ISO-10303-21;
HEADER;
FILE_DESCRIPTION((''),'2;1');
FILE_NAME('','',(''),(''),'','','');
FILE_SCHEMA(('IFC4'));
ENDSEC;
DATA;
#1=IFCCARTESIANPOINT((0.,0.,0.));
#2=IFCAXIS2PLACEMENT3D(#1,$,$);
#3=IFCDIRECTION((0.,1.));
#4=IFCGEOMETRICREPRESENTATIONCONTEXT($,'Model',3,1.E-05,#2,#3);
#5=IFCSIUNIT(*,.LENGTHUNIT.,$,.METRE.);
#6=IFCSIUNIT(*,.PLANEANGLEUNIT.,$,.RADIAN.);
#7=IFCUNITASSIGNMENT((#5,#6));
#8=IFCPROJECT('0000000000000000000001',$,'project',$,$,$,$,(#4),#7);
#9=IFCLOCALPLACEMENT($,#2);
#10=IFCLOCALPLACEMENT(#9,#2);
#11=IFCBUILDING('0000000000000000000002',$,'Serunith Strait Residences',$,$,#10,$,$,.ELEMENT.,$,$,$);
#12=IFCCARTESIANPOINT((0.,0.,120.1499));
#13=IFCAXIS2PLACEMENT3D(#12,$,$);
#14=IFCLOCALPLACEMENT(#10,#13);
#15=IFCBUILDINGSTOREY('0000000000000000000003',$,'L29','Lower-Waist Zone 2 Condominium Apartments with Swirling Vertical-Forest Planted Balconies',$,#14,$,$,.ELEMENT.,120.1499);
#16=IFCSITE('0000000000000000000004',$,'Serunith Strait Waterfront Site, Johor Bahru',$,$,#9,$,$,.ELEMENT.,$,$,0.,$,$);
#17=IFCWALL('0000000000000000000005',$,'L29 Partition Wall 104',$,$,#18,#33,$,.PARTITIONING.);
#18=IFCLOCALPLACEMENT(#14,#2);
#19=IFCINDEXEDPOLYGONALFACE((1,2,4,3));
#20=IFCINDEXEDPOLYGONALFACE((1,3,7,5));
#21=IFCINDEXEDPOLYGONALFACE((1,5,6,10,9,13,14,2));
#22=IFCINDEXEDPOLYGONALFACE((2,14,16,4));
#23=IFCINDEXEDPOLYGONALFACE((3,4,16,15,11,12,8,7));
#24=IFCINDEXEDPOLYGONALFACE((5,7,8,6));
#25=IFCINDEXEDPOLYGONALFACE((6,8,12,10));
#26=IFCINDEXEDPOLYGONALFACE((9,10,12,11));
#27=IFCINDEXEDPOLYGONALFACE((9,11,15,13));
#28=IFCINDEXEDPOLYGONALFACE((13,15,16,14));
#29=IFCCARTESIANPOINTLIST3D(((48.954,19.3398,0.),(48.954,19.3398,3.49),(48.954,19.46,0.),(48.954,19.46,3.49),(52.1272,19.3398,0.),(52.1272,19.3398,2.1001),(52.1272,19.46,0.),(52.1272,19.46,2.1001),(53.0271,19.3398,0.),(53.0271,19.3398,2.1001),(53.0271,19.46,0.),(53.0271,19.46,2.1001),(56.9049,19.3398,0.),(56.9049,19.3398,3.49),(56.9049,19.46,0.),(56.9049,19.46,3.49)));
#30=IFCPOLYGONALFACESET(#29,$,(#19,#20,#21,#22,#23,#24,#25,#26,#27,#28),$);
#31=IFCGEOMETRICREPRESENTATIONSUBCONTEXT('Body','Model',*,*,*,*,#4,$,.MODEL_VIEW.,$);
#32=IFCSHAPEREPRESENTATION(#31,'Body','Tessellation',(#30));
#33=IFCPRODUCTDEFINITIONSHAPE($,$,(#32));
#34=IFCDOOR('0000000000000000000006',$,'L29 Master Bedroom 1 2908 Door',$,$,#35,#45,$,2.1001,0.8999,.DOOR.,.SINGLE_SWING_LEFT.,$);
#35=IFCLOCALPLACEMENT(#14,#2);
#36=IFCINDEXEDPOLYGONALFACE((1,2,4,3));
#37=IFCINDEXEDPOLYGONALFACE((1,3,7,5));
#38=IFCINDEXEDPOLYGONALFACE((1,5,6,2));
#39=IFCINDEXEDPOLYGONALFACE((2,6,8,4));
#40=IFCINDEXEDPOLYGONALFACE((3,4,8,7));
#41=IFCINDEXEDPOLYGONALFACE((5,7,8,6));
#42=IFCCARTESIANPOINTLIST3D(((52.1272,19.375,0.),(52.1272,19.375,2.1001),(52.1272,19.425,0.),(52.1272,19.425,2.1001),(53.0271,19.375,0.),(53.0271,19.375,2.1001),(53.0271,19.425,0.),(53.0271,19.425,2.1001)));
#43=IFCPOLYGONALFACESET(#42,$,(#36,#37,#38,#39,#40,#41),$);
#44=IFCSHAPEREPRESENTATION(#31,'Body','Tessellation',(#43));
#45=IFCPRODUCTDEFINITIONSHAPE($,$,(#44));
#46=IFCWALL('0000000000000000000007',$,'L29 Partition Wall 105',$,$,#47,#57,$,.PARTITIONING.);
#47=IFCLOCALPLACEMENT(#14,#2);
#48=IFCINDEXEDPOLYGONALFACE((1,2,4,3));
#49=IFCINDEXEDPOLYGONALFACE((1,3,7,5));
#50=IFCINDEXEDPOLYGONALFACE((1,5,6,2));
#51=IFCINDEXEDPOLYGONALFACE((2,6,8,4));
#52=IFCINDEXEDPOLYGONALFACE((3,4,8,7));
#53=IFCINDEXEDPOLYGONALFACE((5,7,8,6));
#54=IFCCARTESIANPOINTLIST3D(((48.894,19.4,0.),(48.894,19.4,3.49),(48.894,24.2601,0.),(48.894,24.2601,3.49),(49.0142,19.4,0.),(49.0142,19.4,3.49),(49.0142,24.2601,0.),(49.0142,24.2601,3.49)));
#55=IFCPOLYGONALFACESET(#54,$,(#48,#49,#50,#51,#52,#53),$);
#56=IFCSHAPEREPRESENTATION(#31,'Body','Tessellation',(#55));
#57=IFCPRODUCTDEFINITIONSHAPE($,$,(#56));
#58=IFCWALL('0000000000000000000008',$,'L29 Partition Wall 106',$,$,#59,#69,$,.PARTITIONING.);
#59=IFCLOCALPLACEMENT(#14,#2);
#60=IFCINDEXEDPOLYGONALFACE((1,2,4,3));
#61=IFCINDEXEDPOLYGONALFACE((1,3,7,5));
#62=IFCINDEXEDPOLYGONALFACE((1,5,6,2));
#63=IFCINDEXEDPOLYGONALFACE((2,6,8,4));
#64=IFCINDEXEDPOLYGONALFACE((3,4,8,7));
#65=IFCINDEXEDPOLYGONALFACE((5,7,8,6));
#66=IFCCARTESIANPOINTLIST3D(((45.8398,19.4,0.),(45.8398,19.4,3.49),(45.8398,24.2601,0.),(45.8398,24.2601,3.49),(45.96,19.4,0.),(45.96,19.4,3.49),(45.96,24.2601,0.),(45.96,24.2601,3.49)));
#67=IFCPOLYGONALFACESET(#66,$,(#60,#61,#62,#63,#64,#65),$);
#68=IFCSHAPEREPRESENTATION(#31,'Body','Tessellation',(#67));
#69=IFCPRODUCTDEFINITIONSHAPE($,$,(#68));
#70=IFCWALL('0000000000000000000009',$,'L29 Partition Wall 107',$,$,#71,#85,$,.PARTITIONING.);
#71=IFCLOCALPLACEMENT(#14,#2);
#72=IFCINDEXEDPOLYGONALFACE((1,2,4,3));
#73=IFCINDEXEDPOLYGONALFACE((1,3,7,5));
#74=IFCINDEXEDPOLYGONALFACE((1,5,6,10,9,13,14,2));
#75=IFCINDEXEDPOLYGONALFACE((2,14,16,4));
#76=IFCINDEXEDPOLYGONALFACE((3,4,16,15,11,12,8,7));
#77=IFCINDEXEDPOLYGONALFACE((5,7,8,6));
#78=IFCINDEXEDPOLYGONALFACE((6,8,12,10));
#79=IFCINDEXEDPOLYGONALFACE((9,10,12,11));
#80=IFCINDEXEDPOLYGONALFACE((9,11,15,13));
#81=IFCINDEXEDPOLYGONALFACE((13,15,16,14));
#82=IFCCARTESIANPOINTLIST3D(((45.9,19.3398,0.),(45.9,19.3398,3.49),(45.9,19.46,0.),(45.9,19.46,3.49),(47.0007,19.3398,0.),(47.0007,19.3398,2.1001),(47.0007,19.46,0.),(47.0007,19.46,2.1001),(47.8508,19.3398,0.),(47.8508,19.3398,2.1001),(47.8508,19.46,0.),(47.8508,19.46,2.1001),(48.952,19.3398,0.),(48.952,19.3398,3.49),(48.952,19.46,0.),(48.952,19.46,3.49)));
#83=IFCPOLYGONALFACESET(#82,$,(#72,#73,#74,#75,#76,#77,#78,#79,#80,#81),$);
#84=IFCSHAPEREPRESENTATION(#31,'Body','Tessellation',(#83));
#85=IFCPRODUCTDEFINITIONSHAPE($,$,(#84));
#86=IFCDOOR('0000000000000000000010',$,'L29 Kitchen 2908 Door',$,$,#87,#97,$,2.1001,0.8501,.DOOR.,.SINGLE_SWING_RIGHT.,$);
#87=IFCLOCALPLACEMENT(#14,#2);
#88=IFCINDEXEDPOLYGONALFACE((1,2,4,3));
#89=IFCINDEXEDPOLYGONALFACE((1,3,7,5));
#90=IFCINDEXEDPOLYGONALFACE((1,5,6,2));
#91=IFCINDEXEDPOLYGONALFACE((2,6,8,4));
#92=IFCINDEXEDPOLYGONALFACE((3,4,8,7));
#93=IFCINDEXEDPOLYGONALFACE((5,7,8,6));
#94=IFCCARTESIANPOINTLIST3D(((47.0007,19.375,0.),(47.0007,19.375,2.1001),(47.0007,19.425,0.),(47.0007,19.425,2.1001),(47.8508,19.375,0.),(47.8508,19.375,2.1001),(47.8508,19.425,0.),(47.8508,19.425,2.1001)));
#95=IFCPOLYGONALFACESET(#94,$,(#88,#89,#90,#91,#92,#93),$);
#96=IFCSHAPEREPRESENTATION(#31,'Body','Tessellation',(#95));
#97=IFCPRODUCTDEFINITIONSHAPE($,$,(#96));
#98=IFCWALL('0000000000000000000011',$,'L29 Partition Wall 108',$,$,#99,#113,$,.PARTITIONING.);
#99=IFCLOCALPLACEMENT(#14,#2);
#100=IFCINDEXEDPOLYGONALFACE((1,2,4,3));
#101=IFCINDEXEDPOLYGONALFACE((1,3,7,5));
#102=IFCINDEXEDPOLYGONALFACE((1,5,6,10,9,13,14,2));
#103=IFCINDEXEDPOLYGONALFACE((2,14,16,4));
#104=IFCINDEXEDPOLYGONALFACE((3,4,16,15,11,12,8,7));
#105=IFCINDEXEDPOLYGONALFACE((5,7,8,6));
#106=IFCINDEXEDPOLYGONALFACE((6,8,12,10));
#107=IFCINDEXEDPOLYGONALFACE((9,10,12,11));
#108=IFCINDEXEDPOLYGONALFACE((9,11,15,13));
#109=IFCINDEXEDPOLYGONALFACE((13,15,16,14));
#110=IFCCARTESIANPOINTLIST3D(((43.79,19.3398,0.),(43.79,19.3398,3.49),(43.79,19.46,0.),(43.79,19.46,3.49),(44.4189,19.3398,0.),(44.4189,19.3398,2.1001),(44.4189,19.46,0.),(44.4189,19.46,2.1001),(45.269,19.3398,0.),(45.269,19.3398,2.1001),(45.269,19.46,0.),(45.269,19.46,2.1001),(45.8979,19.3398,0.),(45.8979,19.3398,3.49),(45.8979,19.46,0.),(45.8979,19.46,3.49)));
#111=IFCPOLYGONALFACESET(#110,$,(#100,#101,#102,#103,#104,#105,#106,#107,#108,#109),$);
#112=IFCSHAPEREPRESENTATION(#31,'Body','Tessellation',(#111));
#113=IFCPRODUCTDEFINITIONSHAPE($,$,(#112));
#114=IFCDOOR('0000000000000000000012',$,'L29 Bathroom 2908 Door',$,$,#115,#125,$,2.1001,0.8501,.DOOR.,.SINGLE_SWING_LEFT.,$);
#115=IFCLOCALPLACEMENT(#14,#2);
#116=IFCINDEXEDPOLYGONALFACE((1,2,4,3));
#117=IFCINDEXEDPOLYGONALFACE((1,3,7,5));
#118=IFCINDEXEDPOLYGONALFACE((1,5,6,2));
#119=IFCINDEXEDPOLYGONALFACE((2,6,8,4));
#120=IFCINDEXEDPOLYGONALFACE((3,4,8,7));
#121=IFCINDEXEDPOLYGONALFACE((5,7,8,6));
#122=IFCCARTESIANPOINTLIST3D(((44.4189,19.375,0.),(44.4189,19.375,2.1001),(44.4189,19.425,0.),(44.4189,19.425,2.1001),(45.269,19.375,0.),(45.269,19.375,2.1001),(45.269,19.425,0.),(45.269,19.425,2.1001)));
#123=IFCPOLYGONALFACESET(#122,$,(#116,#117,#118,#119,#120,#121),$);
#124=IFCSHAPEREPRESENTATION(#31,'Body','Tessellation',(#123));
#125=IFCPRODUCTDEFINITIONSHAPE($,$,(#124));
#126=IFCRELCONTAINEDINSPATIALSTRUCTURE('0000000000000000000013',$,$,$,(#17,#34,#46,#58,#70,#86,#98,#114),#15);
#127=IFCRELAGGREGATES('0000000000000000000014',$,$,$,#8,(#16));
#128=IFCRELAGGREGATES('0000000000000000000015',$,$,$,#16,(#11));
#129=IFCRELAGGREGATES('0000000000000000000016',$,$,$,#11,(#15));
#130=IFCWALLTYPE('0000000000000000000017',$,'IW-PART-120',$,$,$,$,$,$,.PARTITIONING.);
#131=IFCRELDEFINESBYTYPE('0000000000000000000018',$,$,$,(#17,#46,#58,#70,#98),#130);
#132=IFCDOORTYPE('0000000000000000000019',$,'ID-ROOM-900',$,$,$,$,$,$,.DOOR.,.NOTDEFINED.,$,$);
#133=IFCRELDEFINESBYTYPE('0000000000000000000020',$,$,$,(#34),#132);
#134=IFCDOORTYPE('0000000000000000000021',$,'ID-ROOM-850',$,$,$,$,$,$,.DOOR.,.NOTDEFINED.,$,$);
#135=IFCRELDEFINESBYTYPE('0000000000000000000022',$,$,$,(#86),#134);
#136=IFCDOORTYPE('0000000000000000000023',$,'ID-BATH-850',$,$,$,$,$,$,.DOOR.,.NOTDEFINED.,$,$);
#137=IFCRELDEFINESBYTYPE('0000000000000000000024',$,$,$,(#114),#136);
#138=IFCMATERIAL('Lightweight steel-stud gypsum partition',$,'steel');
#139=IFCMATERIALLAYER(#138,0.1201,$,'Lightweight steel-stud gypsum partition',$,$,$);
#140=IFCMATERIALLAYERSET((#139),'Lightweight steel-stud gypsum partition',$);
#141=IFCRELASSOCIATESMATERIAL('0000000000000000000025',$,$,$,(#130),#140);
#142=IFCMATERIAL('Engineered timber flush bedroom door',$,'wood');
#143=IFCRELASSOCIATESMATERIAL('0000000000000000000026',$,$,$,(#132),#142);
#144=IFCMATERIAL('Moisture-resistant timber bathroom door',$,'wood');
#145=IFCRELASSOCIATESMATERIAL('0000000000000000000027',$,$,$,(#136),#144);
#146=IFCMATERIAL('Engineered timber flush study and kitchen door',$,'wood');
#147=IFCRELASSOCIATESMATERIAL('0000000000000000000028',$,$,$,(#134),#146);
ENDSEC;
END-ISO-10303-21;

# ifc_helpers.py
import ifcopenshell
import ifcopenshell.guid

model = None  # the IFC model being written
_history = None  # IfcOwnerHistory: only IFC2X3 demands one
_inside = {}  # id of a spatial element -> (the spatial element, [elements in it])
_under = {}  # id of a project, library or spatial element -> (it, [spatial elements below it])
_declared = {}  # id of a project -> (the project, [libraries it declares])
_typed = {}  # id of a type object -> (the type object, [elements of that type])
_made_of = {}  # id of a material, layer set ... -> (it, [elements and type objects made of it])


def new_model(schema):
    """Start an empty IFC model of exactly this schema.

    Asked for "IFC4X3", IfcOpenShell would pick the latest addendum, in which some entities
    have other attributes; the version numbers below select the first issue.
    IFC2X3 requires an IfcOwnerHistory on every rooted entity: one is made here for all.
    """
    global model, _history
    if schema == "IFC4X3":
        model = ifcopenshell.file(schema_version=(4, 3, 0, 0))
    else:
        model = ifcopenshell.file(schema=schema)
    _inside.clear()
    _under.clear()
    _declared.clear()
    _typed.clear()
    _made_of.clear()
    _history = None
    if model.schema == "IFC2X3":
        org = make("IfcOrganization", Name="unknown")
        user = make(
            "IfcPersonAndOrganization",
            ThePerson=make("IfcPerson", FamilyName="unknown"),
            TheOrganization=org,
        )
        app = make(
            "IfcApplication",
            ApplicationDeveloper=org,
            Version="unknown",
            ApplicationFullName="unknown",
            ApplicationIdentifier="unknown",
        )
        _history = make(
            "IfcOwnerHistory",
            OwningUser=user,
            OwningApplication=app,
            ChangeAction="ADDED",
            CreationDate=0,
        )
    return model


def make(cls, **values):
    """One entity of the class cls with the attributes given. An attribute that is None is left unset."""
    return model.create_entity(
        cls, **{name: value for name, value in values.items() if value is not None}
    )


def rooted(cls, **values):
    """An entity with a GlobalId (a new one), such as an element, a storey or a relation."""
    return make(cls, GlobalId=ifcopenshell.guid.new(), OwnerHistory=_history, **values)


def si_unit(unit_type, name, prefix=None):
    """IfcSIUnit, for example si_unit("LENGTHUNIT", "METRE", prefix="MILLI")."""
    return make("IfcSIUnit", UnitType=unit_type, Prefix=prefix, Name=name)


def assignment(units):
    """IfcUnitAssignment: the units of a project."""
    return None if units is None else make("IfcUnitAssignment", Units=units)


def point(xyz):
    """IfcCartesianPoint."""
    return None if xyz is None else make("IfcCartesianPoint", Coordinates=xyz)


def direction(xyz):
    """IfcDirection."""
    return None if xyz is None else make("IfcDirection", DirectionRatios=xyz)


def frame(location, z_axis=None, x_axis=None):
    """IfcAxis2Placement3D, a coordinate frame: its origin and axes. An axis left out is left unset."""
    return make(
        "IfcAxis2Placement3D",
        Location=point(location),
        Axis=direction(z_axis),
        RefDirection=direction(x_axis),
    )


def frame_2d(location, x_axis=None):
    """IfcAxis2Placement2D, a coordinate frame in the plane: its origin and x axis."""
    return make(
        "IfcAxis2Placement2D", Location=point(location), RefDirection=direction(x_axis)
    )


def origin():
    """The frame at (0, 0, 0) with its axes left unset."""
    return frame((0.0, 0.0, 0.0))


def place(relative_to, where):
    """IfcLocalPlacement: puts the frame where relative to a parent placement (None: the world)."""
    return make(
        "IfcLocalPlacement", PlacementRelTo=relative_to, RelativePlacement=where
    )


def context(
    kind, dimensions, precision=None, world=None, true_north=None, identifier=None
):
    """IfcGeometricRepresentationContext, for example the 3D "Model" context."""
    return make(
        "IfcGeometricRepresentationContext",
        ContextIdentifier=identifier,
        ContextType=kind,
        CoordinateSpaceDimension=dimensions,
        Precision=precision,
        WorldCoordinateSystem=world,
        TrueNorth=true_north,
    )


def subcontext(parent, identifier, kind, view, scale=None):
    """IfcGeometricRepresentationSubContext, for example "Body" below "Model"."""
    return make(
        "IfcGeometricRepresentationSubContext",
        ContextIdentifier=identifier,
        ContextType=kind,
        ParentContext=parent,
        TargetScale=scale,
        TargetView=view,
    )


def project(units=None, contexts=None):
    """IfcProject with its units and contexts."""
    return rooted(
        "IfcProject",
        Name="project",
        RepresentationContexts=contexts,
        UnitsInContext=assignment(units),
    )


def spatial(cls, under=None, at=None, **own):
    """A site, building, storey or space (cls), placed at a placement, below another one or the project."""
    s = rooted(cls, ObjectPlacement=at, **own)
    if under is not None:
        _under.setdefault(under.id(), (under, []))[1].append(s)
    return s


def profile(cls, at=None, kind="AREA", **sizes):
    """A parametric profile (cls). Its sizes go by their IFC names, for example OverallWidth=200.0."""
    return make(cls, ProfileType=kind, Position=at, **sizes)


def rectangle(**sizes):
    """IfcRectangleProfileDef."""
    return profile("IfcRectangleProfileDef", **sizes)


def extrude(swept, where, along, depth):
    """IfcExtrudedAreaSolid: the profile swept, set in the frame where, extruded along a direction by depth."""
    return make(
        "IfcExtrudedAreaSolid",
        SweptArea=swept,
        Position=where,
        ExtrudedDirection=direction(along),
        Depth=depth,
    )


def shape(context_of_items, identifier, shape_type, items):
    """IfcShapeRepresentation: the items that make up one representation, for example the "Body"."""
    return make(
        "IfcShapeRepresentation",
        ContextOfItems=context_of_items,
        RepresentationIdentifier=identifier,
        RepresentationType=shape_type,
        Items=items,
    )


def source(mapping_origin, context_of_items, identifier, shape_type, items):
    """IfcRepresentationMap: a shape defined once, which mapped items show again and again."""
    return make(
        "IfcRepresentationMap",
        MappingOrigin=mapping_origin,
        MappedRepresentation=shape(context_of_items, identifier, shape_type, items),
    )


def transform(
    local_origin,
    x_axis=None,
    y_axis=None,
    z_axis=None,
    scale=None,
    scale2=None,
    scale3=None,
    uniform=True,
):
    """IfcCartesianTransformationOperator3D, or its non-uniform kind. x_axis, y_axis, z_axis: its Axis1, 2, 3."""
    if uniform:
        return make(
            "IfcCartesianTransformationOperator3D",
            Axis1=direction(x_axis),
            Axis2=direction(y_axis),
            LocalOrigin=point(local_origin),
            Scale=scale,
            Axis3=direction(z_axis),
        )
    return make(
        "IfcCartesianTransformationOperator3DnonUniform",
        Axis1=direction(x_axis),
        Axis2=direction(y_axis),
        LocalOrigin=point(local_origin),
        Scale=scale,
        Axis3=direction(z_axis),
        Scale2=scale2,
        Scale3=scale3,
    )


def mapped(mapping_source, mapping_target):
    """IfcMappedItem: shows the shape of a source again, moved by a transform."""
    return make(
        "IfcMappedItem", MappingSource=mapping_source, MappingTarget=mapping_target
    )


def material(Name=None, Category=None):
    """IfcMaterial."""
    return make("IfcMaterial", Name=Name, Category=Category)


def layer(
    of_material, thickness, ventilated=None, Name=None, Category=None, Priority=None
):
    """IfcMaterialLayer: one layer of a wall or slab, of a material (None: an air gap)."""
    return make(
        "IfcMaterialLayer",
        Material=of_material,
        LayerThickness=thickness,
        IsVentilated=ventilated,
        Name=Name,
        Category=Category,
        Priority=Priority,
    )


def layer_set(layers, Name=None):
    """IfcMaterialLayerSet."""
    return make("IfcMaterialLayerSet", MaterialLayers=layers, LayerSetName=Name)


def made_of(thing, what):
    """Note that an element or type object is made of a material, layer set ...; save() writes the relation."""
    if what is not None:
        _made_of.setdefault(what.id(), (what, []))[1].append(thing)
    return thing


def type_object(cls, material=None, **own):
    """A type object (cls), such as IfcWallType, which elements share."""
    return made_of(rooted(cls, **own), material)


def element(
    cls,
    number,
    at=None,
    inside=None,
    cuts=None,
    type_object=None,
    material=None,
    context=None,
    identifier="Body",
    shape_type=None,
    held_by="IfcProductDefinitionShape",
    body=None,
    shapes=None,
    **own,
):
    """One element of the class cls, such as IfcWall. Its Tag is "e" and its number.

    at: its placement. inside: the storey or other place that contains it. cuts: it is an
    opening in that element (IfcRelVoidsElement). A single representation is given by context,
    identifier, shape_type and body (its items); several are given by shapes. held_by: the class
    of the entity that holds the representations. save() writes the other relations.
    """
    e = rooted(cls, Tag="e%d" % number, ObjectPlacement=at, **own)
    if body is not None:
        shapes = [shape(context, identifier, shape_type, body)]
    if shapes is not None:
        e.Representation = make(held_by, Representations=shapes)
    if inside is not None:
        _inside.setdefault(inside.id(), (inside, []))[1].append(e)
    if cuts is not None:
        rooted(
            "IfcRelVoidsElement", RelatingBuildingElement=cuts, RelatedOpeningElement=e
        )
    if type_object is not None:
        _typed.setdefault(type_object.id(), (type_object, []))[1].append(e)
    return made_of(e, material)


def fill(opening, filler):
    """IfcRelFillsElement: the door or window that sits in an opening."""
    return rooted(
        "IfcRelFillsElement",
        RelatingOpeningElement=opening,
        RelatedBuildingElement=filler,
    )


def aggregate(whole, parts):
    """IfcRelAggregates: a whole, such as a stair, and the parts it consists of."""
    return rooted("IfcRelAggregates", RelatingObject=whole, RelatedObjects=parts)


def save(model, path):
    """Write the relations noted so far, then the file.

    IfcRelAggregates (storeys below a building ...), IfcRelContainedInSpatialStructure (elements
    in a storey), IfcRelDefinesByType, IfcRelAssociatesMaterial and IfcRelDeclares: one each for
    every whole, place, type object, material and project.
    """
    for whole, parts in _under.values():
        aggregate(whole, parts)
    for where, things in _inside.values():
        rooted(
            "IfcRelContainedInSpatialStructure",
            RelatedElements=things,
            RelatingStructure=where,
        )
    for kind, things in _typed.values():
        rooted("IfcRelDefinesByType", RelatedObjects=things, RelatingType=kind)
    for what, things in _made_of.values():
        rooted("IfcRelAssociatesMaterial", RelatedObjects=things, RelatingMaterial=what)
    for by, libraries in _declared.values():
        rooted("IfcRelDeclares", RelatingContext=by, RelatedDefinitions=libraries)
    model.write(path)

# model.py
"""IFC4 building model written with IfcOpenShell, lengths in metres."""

from ifc_helpers import new_model, si_unit, direction, frame, frame_2d, origin, place, context, subcontext, project, spatial, rectangle, extrude, source, transform, mapped, material, layer, layer_set, type_object, element, fill, save


model = new_model("IFC4")

# Units and contexts
model_context = context("Model", 3, precision=1e-05, world=origin(), true_north=direction((0.0, 1.0)))
body_context = subcontext(model_context, "Body", "Model", "MODEL_VIEW")
ifc_project = project(units=[si_unit("LENGTHUNIT", "METRE"), si_unit("PLANEANGLEUNIT", "RADIAN")], contexts=[model_context])

# Site, building, storey
site_placement = place(None, origin())
site = spatial("IfcSite", under=ifc_project, at=site_placement, Name="Serunith Strait Waterfront Site, Johor Bahru", CompositionType="ELEMENT", RefElevation=0.0)
building_placement = place(site_placement, origin())
building = spatial("IfcBuilding", under=site, at=building_placement, Name="Serunith Strait Residences", CompositionType="ELEMENT")
storey_placement = place(building_placement, frame((0.0, 0.0, 120.1499)))
storey = spatial("IfcBuildingStorey", under=building, at=storey_placement, Name="L29", Description="Lower-Waist Zone 2 Condominium Apartments with Swirling Vertical-Forest Planted Balconies", CompositionType="ELEMENT", Elevation=120.1499)

# Shared definitions
ifc_material_1 = material(Name="Lightweight steel-stud gypsum partition", Category="steel")
ifc_layer_1 = layer(ifc_material_1, 0.1201, Name="Lightweight steel-stud gypsum partition")
ifc_layer_set_1 = layer_set([ifc_layer_1], Name="Lightweight steel-stud gypsum partition")
wall_type = type_object("IfcWallType", Name="IW-PART-120", PredefinedType="PARTITIONING", material=ifc_layer_set_1)
ifc_material_2 = material(Name="Engineered timber flush bedroom door", Category="wood")
door_type_1 = type_object("IfcDoorType", Name="ID-ROOM-900", OperationType="NOTDEFINED", PredefinedType="DOOR", material=ifc_material_2)
shared_shape_1 = source(origin(), body_context, "Body", "SweptSolid", [
    extrude(rectangle(XDim=0.8999, YDim=2.1001, at=frame_2d((0.45, 1.05))), frame((0.0, 0.0249, 0.0), z_axis=(0.0, -1.0, 0.0), x_axis=(1.0, 0.0, 0.0)), (0.0, 0.0, 1.0), 0.05),
])
ifc_material_3 = material(Name="Moisture-resistant timber bathroom door", Category="wood")
door_type_2 = type_object("IfcDoorType", Name="ID-BATH-850", OperationType="NOTDEFINED", PredefinedType="DOOR", material=ifc_material_3)
shared_shape_2 = source(origin(), body_context, "Body", "SweptSolid", [
    extrude(rectangle(XDim=0.8501, YDim=2.1001, at=frame_2d((0.425, 1.05))), frame((0.0, 0.0249, 0.0), z_axis=(0.0, -1.0, 0.0), x_axis=(1.0, 0.0, 0.0)), (0.0, 0.0, 1.0), 0.05),
])
ifc_material_4 = material(Name="Engineered timber flush study and kitchen door", Category="wood")
door_type_3 = type_object("IfcDoorType", Name="ID-ROOM-850", OperationType="NOTDEFINED", PredefinedType="DOOR", material=ifc_material_4)

# Wall, opening, door
wall_1_placement = place(storey_placement, frame((56.905, 19.3999, 0.0), z_axis=(0.0, 0.0, 1.0), x_axis=(-1.0, 0.0, 0.0)))
wall_1 = element("IfcWall", 1, at=wall_1_placement, inside=storey, type_object=wall_type, Name="L29 Partition Wall 104", PredefinedType="PARTITIONING", context=body_context, shape_type="SweptSolid", body=[
    extrude(rectangle(XDim=7.9509, YDim=0.1201, at=frame_2d((3.9756, 0.0))), origin(), (0.0, 0.0, 1.0), 3.49),
])
opening_1_placement = place(wall_1_placement, frame((3.8779, 0.0, 0.0)))
opening_1 = element("IfcOpeningElement", 2, at=opening_1_placement, cuts=wall_1, PredefinedType="OPENING", context=body_context, shape_type="SweptSolid", body=[
    extrude(rectangle(XDim=0.8999, YDim=2.1001, at=frame_2d((0.45, 1.05))), frame((0.0, 0.0701, 0.0), z_axis=(0.0, -1.0, 0.0), x_axis=(1.0, 0.0, 0.0)), (0.0, 0.0, 1.0), 0.1401),
])
door_1_placement = place(opening_1_placement, origin())
door_1 = element("IfcDoor", 3, at=door_1_placement, inside=storey, type_object=door_type_1, Name="L29 Master Bedroom 1 2908 Door", OperationType="SINGLE_SWING_LEFT", OverallHeight=2.1001, OverallWidth=0.8999, PredefinedType="DOOR", context=body_context, shape_type="MappedRepresentation", body=[
    mapped(shared_shape_1, transform((0.0, 0.0, 0.0), scale=1.0)),
])
fill(opening_1, door_1)

# Walls
for number, where, z_axis, x_axis, name in (
    (4, (48.9541, 19.3999, 0.0), (0.0, 0.0, 1.0), (0.0, 1.0, 0.0), "L29 Partition Wall 105"),
    (5, (45.8999, 19.3999, 0.0), (0.0, 0.0, 1.0), (0.0, 1.0, 0.0), "L29 Partition Wall 106"),
):
    element("IfcWall", number, at=place(storey_placement, frame(where, z_axis=z_axis, x_axis=x_axis)), inside=storey, type_object=wall_type, Name=name, PredefinedType="PARTITIONING", context=body_context, shape_type="SweptSolid", body=[
        extrude(rectangle(XDim=4.8601, YDim=0.1201, at=frame_2d((2.4302, 0.0))), origin(), (0.0, 0.0, 1.0), 3.49),
    ])

# Walls, openings, doors
wall_2_placement = place(storey_placement, frame((48.9519, 19.3999, 0.0), z_axis=(0.0, 0.0, 1.0), x_axis=(-1.0, 0.0, 0.0)))
wall_2 = element("IfcWall", 6, at=wall_2_placement, inside=storey, type_object=wall_type, Name="L29 Partition Wall 107", PredefinedType="PARTITIONING", context=body_context, shape_type="SweptSolid", body=[
    extrude(rectangle(XDim=3.052, YDim=0.1201, at=frame_2d((1.5259, 0.0))), origin(), (0.0, 0.0, 1.0), 3.49),
])
opening_2_placement = place(wall_2_placement, frame((1.1011, 0.0, 0.0)))
opening_2 = element("IfcOpeningElement", 7, at=opening_2_placement, cuts=wall_2, PredefinedType="OPENING", context=body_context, shape_type="SweptSolid", body=[
    extrude(rectangle(XDim=0.8501, YDim=2.1001, at=frame_2d((0.425, 1.05))), frame((0.0, 0.0701, 0.0), z_axis=(0.0, -1.0, 0.0), x_axis=(1.0, 0.0, 0.0)), (0.0, 0.0, 1.0), 0.1401),
])
door_2_placement = place(opening_2_placement, origin())
door_2 = element("IfcDoor", 8, at=door_2_placement, inside=storey, type_object=door_type_3, Name="L29 Kitchen 2908 Door", OperationType="SINGLE_SWING_RIGHT", OverallHeight=2.1001, OverallWidth=0.8501, PredefinedType="DOOR", context=body_context, shape_type="MappedRepresentation", body=[
    mapped(shared_shape_2, transform((0.0, 0.0, 0.0), scale=1.0)),
])
fill(opening_2, door_2)
wall_3_placement = place(storey_placement, frame((45.8979, 19.3999, 0.0), z_axis=(0.0, 0.0, 1.0), x_axis=(-1.0, 0.0, 0.0)))
wall_3 = element("IfcWall", 9, at=wall_3_placement, inside=storey, type_object=wall_type, Name="L29 Partition Wall 108", PredefinedType="PARTITIONING", context=body_context, shape_type="SweptSolid", body=[
    extrude(rectangle(XDim=2.1079, YDim=0.1201, at=frame_2d((1.054, 0.0))), origin(), (0.0, 0.0, 1.0), 3.49),
])
opening_3_placement = place(wall_3_placement, frame((0.6289, 0.0, 0.0)))
opening_3 = element("IfcOpeningElement", 10, at=opening_3_placement, cuts=wall_3, PredefinedType="OPENING", context=body_context, shape_type="SweptSolid", body=[
    extrude(rectangle(XDim=0.8501, YDim=2.1001, at=frame_2d((0.425, 1.05))), frame((0.0, 0.0701, 0.0), z_axis=(0.0, -1.0, 0.0), x_axis=(1.0, 0.0, 0.0)), (0.0, 0.0, 1.0), 0.1401),
])
door_3_placement = place(opening_3_placement, origin())
door_3 = element("IfcDoor", 11, at=door_3_placement, inside=storey, type_object=door_type_2, Name="L29 Bathroom 2908 Door", OperationType="SINGLE_SWING_LEFT", OverallHeight=2.1001, OverallWidth=0.8501, PredefinedType="DOOR", context=body_context, shape_type="MappedRepresentation", body=[
    mapped(shared_shape_2, transform((0.0, 0.0, 0.0), scale=1.0)),
])
fill(opening_3, door_3)

save(model, "model.ifc")
